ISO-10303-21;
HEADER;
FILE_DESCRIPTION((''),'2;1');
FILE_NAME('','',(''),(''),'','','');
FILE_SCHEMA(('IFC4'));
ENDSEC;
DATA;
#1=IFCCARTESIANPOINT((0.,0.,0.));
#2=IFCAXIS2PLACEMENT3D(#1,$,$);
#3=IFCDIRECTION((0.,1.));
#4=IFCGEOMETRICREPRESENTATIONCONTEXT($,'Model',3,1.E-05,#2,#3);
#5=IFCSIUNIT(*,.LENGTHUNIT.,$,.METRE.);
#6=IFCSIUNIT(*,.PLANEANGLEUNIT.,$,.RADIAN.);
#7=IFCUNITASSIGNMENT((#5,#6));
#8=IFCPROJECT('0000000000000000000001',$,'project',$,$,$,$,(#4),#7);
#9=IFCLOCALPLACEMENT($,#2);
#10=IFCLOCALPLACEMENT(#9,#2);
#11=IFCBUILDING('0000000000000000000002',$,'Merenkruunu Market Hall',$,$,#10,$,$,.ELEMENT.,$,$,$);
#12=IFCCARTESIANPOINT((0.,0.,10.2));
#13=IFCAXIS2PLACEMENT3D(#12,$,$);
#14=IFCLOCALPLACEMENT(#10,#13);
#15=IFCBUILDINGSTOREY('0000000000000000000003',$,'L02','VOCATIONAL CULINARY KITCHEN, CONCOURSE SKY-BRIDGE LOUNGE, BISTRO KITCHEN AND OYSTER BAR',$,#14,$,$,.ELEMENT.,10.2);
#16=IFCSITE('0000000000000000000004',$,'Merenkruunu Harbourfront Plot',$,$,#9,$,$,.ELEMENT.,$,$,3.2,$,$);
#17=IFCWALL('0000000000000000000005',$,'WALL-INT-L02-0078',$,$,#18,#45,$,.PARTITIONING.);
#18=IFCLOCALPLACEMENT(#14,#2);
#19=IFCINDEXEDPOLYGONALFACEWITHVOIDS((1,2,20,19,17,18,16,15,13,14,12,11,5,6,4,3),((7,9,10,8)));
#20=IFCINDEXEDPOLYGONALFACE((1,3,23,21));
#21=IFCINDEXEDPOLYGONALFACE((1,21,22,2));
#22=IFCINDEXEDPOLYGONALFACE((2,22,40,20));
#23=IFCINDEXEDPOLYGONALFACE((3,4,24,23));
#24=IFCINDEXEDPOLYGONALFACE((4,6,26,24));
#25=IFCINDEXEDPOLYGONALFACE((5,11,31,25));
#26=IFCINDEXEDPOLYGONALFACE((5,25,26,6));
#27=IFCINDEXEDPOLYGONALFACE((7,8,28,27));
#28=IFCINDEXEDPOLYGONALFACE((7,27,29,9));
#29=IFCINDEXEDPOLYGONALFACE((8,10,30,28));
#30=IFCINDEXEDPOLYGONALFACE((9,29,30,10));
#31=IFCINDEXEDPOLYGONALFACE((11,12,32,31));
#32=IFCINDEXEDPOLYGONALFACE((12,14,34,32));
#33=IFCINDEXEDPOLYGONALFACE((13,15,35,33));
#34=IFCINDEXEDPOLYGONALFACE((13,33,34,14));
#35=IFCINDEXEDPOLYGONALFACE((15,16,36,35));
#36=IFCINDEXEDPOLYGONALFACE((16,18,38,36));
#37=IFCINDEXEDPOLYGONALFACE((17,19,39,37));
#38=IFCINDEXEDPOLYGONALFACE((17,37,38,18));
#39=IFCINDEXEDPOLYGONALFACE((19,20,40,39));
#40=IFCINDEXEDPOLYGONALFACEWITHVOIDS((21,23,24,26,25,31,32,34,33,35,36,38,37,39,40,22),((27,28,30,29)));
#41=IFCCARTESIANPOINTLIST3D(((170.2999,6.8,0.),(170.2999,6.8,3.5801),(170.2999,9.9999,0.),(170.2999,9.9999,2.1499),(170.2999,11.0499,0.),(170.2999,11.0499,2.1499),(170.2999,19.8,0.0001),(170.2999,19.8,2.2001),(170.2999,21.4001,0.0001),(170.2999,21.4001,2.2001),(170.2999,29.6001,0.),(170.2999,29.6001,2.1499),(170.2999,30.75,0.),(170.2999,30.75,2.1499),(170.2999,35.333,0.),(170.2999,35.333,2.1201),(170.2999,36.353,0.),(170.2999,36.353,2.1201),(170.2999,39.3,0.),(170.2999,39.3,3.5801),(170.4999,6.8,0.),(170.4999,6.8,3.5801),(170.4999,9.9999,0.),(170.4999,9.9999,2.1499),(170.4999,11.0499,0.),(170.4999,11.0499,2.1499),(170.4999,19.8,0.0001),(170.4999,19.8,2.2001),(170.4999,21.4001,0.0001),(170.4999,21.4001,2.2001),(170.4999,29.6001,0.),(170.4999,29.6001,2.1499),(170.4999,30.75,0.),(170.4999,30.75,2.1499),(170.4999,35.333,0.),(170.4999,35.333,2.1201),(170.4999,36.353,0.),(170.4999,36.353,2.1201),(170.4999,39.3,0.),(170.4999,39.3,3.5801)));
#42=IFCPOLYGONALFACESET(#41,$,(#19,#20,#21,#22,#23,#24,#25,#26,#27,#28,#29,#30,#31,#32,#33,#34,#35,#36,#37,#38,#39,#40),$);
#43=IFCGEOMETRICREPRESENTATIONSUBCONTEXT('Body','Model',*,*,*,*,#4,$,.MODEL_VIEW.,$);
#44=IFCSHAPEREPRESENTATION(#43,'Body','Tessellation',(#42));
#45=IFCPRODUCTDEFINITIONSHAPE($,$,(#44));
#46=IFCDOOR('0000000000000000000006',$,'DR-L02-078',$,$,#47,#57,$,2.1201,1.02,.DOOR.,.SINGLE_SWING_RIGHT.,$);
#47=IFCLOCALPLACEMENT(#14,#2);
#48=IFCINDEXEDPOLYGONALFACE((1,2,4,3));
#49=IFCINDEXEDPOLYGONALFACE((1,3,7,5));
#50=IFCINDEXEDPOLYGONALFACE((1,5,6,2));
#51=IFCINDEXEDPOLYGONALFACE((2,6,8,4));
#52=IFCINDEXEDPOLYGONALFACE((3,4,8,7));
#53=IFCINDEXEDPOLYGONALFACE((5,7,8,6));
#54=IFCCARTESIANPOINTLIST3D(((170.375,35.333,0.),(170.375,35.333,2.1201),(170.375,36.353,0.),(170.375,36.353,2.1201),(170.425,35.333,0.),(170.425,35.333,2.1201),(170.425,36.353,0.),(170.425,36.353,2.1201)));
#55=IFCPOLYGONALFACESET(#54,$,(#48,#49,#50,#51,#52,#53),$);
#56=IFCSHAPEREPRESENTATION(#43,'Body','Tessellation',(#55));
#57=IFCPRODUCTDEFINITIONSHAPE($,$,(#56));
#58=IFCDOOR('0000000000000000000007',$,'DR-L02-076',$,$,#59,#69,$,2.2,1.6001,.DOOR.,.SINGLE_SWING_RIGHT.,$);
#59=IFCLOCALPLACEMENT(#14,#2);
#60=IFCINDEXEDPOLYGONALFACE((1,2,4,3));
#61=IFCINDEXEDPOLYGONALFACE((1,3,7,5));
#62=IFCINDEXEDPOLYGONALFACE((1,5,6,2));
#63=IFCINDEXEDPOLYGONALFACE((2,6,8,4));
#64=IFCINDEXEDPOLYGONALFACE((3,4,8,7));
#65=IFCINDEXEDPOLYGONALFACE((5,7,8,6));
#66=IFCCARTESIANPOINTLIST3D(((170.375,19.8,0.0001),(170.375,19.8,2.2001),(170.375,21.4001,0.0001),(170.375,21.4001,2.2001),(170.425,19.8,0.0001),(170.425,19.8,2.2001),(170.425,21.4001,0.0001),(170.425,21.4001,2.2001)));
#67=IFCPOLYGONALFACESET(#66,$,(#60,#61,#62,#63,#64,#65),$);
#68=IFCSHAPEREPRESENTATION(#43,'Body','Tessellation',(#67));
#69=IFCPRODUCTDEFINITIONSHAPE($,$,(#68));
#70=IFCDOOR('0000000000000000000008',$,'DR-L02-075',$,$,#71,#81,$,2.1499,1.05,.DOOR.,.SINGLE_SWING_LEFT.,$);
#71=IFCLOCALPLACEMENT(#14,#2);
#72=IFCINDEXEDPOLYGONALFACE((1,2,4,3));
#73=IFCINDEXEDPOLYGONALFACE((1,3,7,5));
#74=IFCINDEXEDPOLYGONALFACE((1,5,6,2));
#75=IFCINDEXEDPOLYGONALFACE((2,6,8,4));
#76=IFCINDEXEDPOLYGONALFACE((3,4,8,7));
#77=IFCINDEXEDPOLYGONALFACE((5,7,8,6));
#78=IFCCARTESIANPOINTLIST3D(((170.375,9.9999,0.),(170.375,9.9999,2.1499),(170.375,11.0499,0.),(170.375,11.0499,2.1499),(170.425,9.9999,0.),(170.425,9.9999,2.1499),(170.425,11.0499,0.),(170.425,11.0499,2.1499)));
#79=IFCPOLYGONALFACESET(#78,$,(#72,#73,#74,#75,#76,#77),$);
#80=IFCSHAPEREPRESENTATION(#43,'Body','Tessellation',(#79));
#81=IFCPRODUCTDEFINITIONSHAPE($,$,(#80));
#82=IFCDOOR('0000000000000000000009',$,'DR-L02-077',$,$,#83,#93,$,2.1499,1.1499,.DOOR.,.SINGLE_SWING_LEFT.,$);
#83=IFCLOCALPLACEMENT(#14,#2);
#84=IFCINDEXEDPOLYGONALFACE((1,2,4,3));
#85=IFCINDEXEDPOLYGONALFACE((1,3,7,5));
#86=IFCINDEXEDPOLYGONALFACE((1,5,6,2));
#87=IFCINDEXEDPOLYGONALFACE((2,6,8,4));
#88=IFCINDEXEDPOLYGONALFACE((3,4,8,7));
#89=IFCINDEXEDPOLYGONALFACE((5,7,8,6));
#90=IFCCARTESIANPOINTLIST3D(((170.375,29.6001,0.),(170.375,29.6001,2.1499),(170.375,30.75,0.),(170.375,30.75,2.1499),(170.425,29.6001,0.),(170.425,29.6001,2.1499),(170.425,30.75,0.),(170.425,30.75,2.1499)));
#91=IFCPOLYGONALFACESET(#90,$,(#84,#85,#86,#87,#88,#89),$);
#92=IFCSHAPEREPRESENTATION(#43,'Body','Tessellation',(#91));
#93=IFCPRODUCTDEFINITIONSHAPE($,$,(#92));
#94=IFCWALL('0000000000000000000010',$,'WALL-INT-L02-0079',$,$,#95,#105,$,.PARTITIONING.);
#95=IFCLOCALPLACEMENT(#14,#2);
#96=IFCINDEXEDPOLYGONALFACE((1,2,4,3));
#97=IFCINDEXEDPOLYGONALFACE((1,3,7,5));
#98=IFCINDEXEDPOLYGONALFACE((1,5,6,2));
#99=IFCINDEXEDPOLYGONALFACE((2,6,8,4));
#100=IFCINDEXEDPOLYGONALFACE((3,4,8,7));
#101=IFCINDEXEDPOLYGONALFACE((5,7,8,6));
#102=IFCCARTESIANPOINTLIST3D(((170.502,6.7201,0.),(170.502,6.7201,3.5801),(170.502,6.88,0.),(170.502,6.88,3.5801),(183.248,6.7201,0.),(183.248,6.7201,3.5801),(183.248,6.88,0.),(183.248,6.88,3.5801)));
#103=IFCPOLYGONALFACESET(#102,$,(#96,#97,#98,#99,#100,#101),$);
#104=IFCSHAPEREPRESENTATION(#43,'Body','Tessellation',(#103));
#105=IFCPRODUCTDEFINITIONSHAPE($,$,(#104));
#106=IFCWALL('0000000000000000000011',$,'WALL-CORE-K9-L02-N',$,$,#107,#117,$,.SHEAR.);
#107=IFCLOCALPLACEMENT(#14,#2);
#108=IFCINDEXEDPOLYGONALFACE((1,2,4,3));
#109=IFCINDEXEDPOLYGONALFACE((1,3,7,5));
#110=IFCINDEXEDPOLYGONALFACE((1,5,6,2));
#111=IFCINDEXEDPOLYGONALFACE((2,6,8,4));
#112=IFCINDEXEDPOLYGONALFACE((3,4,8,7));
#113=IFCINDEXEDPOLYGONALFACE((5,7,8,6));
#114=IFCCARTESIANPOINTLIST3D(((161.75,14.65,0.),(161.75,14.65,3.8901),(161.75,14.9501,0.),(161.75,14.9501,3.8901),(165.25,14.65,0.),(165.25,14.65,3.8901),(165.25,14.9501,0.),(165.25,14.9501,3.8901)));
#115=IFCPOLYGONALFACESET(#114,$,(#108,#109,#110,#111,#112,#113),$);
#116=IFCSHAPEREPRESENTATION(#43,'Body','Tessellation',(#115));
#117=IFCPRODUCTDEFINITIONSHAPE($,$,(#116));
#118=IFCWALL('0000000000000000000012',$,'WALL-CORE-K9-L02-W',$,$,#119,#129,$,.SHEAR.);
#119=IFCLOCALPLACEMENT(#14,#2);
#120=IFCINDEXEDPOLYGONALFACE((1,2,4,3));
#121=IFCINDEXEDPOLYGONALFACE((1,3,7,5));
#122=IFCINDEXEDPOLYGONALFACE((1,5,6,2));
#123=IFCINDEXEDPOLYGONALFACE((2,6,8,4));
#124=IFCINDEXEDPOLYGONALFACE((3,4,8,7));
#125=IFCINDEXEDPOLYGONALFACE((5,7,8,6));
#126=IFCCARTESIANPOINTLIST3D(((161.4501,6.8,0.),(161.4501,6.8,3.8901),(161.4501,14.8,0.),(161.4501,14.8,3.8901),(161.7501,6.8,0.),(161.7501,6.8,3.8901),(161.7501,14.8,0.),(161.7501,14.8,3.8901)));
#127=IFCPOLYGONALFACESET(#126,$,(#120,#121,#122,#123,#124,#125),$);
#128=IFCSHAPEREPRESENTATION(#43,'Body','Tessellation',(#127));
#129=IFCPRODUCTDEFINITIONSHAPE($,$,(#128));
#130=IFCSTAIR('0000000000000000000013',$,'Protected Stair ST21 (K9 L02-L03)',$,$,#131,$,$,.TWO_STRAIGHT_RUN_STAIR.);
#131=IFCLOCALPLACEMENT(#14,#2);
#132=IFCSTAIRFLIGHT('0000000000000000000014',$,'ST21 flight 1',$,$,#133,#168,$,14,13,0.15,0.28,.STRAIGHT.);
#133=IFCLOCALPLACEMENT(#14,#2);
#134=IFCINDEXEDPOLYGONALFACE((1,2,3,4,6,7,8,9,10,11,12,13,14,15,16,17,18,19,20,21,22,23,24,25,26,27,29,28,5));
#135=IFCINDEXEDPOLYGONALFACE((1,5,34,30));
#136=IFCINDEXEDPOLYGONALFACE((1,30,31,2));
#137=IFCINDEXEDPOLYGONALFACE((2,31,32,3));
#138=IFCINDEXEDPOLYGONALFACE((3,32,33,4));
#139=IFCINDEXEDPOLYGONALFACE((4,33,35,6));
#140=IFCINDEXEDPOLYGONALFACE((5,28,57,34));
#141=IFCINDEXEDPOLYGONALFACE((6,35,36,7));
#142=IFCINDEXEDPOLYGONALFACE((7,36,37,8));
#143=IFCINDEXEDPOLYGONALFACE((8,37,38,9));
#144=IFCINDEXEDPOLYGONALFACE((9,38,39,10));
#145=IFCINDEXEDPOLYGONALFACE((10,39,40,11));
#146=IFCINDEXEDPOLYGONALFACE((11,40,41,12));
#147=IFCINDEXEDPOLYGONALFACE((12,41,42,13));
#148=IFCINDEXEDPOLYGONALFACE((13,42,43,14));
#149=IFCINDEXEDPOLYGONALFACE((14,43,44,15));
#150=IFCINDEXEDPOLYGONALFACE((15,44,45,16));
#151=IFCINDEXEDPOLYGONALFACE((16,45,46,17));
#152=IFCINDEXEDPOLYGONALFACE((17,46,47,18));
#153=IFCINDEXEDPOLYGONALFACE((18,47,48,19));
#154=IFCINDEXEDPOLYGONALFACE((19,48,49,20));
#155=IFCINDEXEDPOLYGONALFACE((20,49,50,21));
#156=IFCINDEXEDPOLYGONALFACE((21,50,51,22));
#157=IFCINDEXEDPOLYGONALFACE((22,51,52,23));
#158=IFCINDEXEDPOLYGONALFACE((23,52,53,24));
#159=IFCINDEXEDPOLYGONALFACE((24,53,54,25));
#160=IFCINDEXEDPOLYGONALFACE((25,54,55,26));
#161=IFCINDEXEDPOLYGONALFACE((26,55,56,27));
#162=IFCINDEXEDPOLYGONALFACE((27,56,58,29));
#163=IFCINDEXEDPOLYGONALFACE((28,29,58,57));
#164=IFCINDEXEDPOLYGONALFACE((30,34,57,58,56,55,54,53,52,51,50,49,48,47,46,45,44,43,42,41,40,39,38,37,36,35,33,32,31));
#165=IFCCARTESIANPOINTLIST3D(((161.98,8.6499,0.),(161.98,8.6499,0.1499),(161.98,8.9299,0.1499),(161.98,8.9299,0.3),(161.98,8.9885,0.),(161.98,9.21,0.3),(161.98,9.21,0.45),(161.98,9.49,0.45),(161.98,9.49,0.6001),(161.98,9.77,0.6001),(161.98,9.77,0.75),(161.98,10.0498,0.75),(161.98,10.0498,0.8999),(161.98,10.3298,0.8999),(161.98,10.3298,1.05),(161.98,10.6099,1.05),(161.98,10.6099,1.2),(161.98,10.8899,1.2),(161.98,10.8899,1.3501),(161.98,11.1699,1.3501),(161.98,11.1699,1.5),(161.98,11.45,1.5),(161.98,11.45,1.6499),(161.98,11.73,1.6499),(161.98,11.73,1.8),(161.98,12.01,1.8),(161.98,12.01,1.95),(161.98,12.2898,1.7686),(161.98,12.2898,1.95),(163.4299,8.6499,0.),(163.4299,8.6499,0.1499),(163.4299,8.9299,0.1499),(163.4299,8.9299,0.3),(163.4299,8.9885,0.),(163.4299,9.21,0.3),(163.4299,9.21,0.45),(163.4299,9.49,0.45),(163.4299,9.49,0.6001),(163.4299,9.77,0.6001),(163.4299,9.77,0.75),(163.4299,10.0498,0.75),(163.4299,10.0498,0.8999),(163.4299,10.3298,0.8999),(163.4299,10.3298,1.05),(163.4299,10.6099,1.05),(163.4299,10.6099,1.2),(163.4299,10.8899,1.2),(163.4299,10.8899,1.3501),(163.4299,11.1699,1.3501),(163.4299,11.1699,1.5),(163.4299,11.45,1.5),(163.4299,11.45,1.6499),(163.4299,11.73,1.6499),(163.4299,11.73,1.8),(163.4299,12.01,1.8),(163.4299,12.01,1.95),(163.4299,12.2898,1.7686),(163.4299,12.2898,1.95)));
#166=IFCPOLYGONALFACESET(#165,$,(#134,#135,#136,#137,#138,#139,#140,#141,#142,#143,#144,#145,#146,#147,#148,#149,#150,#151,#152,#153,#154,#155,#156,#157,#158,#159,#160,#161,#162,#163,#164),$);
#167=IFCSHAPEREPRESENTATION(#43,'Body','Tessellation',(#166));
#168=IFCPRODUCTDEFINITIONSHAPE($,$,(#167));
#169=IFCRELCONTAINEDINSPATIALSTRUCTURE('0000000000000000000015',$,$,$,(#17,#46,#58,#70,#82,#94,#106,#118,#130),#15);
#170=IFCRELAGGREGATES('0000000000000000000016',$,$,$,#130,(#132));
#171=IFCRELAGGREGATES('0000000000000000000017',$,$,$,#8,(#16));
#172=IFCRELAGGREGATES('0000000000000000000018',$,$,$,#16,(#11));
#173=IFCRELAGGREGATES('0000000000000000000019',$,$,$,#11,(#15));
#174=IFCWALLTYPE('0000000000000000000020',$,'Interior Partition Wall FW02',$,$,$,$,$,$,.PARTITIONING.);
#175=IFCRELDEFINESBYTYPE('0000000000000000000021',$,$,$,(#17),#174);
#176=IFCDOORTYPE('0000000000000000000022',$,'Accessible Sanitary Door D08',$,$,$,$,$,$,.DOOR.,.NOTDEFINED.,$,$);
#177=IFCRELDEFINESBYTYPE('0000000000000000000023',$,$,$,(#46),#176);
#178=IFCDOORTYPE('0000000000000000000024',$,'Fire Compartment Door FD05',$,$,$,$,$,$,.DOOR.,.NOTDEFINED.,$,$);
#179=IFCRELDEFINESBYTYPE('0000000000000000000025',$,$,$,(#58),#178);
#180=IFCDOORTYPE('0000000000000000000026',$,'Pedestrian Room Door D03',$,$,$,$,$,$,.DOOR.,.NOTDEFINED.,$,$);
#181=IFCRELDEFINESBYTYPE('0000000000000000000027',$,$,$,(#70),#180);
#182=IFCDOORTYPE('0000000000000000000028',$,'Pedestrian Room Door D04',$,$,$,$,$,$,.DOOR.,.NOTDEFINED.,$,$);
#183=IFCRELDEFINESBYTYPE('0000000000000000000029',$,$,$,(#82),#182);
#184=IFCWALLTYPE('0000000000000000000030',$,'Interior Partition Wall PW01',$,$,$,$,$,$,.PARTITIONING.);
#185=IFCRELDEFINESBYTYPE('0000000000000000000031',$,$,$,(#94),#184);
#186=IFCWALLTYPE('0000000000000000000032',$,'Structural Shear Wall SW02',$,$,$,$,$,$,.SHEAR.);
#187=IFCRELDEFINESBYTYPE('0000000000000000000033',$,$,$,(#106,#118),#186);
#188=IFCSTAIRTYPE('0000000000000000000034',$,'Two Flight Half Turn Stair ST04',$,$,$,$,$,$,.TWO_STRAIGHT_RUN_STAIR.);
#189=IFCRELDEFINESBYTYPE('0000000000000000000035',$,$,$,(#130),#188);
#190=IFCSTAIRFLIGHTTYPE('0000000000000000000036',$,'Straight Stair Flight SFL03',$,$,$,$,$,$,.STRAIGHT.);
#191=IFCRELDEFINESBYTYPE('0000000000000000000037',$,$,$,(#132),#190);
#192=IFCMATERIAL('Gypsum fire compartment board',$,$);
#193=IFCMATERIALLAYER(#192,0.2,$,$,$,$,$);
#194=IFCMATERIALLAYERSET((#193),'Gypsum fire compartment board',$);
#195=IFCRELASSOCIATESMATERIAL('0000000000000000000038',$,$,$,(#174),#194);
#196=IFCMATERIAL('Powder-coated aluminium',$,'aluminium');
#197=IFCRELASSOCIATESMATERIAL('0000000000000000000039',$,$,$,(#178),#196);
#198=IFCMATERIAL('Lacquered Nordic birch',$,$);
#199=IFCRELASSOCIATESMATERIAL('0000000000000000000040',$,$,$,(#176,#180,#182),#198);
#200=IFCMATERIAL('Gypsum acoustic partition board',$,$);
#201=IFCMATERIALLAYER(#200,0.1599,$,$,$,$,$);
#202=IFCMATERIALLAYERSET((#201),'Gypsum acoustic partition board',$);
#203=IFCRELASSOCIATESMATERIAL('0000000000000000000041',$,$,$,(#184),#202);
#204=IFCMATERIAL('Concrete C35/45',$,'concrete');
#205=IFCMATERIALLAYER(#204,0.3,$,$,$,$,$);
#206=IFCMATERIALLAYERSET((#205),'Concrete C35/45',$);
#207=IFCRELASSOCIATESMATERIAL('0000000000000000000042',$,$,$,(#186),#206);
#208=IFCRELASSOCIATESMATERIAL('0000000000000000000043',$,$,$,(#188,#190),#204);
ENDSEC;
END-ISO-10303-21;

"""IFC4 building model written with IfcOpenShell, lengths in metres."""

from ifc_helpers import new_model, si_unit, direction, frame, frame_2d, origin, place, context, subcontext, project, spatial, polyline, rectangle, outline, extrude, material, layer, layer_set, type_object, element, fill, aggregate, save


model = new_model("IFC4")

# Units and contexts
model_context = context("Model", 3, precision=1e-05, world=origin(), true_north=direction((0.0, 1.0)))
body_context = subcontext(model_context, "Body", "Model", "MODEL_VIEW")
ifc_project = project(units=[si_unit("LENGTHUNIT", "METRE"), si_unit("PLANEANGLEUNIT", "RADIAN")], contexts=[model_context])

# Site, building, storey
site_placement = place(None, origin())
site = spatial("IfcSite", under=ifc_project, at=site_placement, Name="Merenkruunu Harbourfront Plot", CompositionType="ELEMENT", RefElevation=3.2)
building_placement = place(site_placement, origin())
building = spatial("IfcBuilding", under=site, at=building_placement, Name="Merenkruunu Market Hall", CompositionType="ELEMENT")
storey_placement = place(building_placement, frame((0.0, 0.0, 10.2)))
storey = spatial("IfcBuildingStorey", under=building, at=storey_placement, Name="L02", Description="VOCATIONAL CULINARY KITCHEN, CONCOURSE SKY-BRIDGE LOUNGE, BISTRO KITCHEN AND OYSTER BAR", CompositionType="ELEMENT", Elevation=10.2)

# Wall, openings, doors
ifc_material_1 = material(Name="Gypsum fire compartment board")
ifc_layer_1 = layer(ifc_material_1, 0.2)
ifc_layer_set_1 = layer_set([ifc_layer_1], Name="Gypsum fire compartment board")
wall_type_1 = type_object("IfcWallType", Name="Interior Partition Wall FW02", PredefinedType="PARTITIONING", material=ifc_layer_set_1)
ifc_material_2 = material(Name="Powder-coated aluminium", Category="aluminium")
door_type_1 = type_object("IfcDoorType", Name="Fire Compartment Door FD05", OperationType="NOTDEFINED", PredefinedType="DOOR", material=ifc_material_2)
wall_1_placement = place(storey_placement, frame((170.3999, 6.8, 0.0), z_axis=(0.0, 0.0, 1.0), x_axis=(0.0, 1.0, 0.0)))
wall_1 = element("IfcWall", 1, at=wall_1_placement, inside=storey, type_object=wall_type_1, Name="WALL-INT-L02-0078", PredefinedType="PARTITIONING", context=body_context, shape_type="SweptSolid", body=[
    extrude(rectangle(XDim=32.5, YDim=0.2, at=frame_2d((16.25, 0.0))), origin(), (0.0, 0.0, 1.0), 3.5801),
])
opening_1_placement = place(wall_1_placement, frame((3.2, 0.0, 0.0)))
opening_1 = element("IfcOpeningElement", 2, at=opening_1_placement, cuts=wall_1, PredefinedType="OPENING", context=body_context, shape_type="SweptSolid", body=[
    extrude(rectangle(XDim=1.05, YDim=2.1499, at=frame_2d((0.5249, 1.075))), frame((0.0, 0.1099, 0.0), z_axis=(0.0, -1.0, 0.0), x_axis=(1.0, 0.0, 0.0)), (0.0, 0.0, 1.0), 0.22),
])
opening_2_placement = place(wall_1_placement, frame((13.0, 0.0, 0.0)))
opening_2 = element("IfcOpeningElement", 3, at=opening_2_placement, cuts=wall_1, PredefinedType="OPENING", context=body_context, shape_type="SweptSolid", body=[
    extrude(rectangle(XDim=1.6001, YDim=2.2, at=frame_2d((0.8, 1.1001))), frame((0.0, 0.1099, 0.0), z_axis=(0.0, -1.0, 0.0), x_axis=(1.0, 0.0, 0.0)), (0.0, 0.0, 1.0), 0.22),
])
opening_3_placement = place(wall_1_placement, frame((22.8, 0.0, 0.0)))
opening_3 = element("IfcOpeningElement", 4, at=opening_3_placement, cuts=wall_1, PredefinedType="OPENING", context=body_context, shape_type="SweptSolid", body=[
    extrude(rectangle(XDim=1.1499, YDim=2.1499, at=frame_2d((0.575, 1.075))), frame((0.0, 0.1099, 0.0), z_axis=(0.0, -1.0, 0.0), x_axis=(1.0, 0.0, 0.0)), (0.0, 0.0, 1.0), 0.22),
])
opening_4_placement = place(wall_1_placement, frame((28.533, 0.0, 0.0)))
opening_4 = element("IfcOpeningElement", 5, at=opening_4_placement, cuts=wall_1, PredefinedType="OPENING", context=body_context, shape_type="SweptSolid", body=[
    extrude(rectangle(XDim=1.02, YDim=2.1201, at=frame_2d((0.51, 1.0601))), frame((0.0, 0.1099, 0.0), z_axis=(0.0, -1.0, 0.0), x_axis=(1.0, 0.0, 0.0)), (0.0, 0.0, 1.0), 0.22),
])
ifc_material_3 = material(Name="Lacquered Nordic birch")
door_type_2 = type_object("IfcDoorType", Name="Accessible Sanitary Door D08", OperationType="NOTDEFINED", PredefinedType="DOOR", material=ifc_material_3)
door_1_placement = place(opening_4_placement, origin())
door_1 = element("IfcDoor", 6, at=door_1_placement, inside=storey, type_object=door_type_2, Name="DR-L02-078", OperationType="SINGLE_SWING_RIGHT", OverallHeight=2.1201, OverallWidth=1.02, PredefinedType="DOOR", context=body_context, shape_type="SweptSolid", body=[
    extrude(rectangle(XDim=1.02, YDim=2.1201, at=frame_2d((0.51, 1.0601))), frame((0.0, 0.0249, 0.0), z_axis=(0.0, -1.0, 0.0), x_axis=(1.0, 0.0, 0.0)), (0.0, 0.0, 1.0), 0.05),
])
fill(opening_4, door_1)
door_2_placement = place(opening_2_placement, origin())
door_2 = element("IfcDoor", 7, at=door_2_placement, inside=storey, type_object=door_type_1, Name="DR-L02-076", OperationType="SINGLE_SWING_RIGHT", OverallHeight=2.2, OverallWidth=1.6001, PredefinedType="DOOR", context=body_context, shape_type="SweptSolid", body=[
    extrude(rectangle(XDim=1.6001, YDim=2.2, at=frame_2d((0.8, 1.1001))), frame((0.0, 0.0249, 0.0), z_axis=(0.0, -1.0, 0.0), x_axis=(1.0, 0.0, 0.0)), (0.0, 0.0, 1.0), 0.05),
])
fill(opening_2, door_2)
door_type_3 = type_object("IfcDoorType", Name="Pedestrian Room Door D03", OperationType="NOTDEFINED", PredefinedType="DOOR", material=ifc_material_3)
door_3_placement = place(opening_1_placement, origin())
door_3 = element("IfcDoor", 8, at=door_3_placement, inside=storey, type_object=door_type_3, Name="DR-L02-075", OperationType="SINGLE_SWING_LEFT", OverallHeight=2.1499, OverallWidth=1.05, PredefinedType="DOOR", context=body_context, shape_type="SweptSolid", body=[
    extrude(rectangle(XDim=1.05, YDim=2.1499, at=frame_2d((0.5249, 1.075))), frame((0.0, 0.0249, 0.0), z_axis=(0.0, -1.0, 0.0), x_axis=(1.0, 0.0, 0.0)), (0.0, 0.0, 1.0), 0.05),
])
fill(opening_1, door_3)
door_type_4 = type_object("IfcDoorType", Name="Pedestrian Room Door D04", OperationType="NOTDEFINED", PredefinedType="DOOR", material=ifc_material_3)
door_4_placement = place(opening_3_placement, origin())
door_4 = element("IfcDoor", 9, at=door_4_placement, inside=storey, type_object=door_type_4, Name="DR-L02-077", OperationType="SINGLE_SWING_LEFT", OverallHeight=2.1499, OverallWidth=1.1499, PredefinedType="DOOR", context=body_context, shape_type="SweptSolid", body=[
    extrude(rectangle(XDim=1.1499, YDim=2.1499, at=frame_2d((0.575, 1.075))), frame((0.0, 0.0249, 0.0), z_axis=(0.0, -1.0, 0.0), x_axis=(1.0, 0.0, 0.0)), (0.0, 0.0, 1.0), 0.05),
])
fill(opening_3, door_4)

# Walls
ifc_material_4 = material(Name="Gypsum acoustic partition board")
ifc_layer_2 = layer(ifc_material_4, 0.1599)
ifc_layer_set_2 = layer_set([ifc_layer_2], Name="Gypsum acoustic partition board")
wall_type_2 = type_object("IfcWallType", Name="Interior Partition Wall PW01", PredefinedType="PARTITIONING", material=ifc_layer_set_2)
wall_2_placement = place(storey_placement, frame((170.502, 6.8, 0.0), z_axis=(0.0, 0.0, 1.0), x_axis=(1.0, 0.0, 0.0)))
element("IfcWall", 10, at=wall_2_placement, inside=storey, type_object=wall_type_2, Name="WALL-INT-L02-0079", PredefinedType="PARTITIONING", context=body_context, shape_type="SweptSolid", body=[
    extrude(rectangle(XDim=12.7461, YDim=0.1599, at=frame_2d((6.373, 0.0))), origin(), (0.0, 0.0, 1.0), 3.5801),
])
ifc_material_5 = material(Name="Concrete C35/45", Category="concrete")
ifc_layer_3 = layer(ifc_material_5, 0.3)
ifc_layer_set_3 = layer_set([ifc_layer_3], Name="Concrete C35/45")
wall_type_3 = type_object("IfcWallType", Name="Structural Shear Wall SW02", PredefinedType="SHEAR", material=ifc_layer_set_3)
wall_3_placement = place(storey_placement, frame((165.25, 14.8, 0.0), z_axis=(0.0, 0.0, 1.0), x_axis=(-1.0, 0.0, 0.0)))
element("IfcWall", 11, at=wall_3_placement, inside=storey, type_object=wall_type_3, Name="WALL-CORE-K9-L02-N", PredefinedType="SHEAR", context=body_context, shape_type="SweptSolid", body=[
    extrude(rectangle(XDim=3.5, YDim=0.3, at=frame_2d((1.75, 0.0))), origin(), (0.0, 0.0, 1.0), 3.8901),
])
wall_4_placement = place(storey_placement, frame((161.6001, 14.8, 0.0), z_axis=(0.0, 0.0, 1.0), x_axis=(0.0, -1.0, 0.0)))
element("IfcWall", 12, at=wall_4_placement, inside=storey, type_object=wall_type_3, Name="WALL-CORE-K9-L02-W", PredefinedType="SHEAR", context=body_context, shape_type="SweptSolid", body=[
    extrude(rectangle(XDim=8.0, YDim=0.3, at=frame_2d((4.0, 0.0))), origin(), (0.0, 0.0, 1.0), 3.8901),
])

# Stair, stair flight
stair_type = type_object("IfcStairType", Name="Two Flight Half Turn Stair ST04", PredefinedType="TWO_STRAIGHT_RUN_STAIR", material=ifc_material_5)
stair_placement = place(storey_placement, origin())
stair = element("IfcStair", 13, at=stair_placement, inside=storey, type_object=stair_type, Name="Protected Stair ST21 (K9 L02-L03)", PredefinedType="TWO_STRAIGHT_RUN_STAIR")
stair_flight_type = type_object("IfcStairFlightType", Name="Straight Stair Flight SFL03", PredefinedType="STRAIGHT", material=ifc_material_5)
stair_flight_1_placement = place(storey_placement, frame((162.7051, 8.6499, 0.0), z_axis=(0.0, 0.0, 1.0), x_axis=(0.0, 1.0, 0.0)))
stair_flight_1 = element("IfcStairFlight", 14, at=stair_flight_1_placement, type_object=stair_flight_type, Name="ST21 flight 1", NumberOfRisers=14, NumberOfTreads=13, PredefinedType="STRAIGHT", RiserHeight=0.15, TreadLength=0.28, context=body_context, shape_type="SweptSolid", body=[
    extrude(outline(polyline([(0.0, 0.0), (0.0, 0.1499), (0.28, 0.1499), (0.28, 0.3), (0.5601, 0.3), (0.5601, 0.45), (0.8401, 0.45), (0.8401, 0.6001), (1.1201, 0.6001), (1.1201, 0.75), (1.3999, 0.75), (1.3999, 0.8999), (1.6799, 0.8999), (1.6799, 1.05), (1.96, 1.05), (1.96, 1.2), (2.24, 1.2), (2.24, 1.3501), (2.52, 1.3501), (2.52, 1.5), (2.8, 1.5), (2.8, 1.6499), (3.0801, 1.6499), (3.0801, 1.8), (3.3601, 1.8), (3.3601, 1.95), (3.6399, 1.95), (3.6399, 2.1001), (3.6399, 1.7686), (0.3386, 0.0), (0.0, 0.0)])), frame((0.0, 0.7251, 0.0), z_axis=(0.0, -1.0, 0.0), x_axis=(1.0, 0.0, 0.0)), (0.0, 0.0, 1.0), 1.45),
])
aggregate(stair, [stair_flight_1])

save(model, "model.ifc")
